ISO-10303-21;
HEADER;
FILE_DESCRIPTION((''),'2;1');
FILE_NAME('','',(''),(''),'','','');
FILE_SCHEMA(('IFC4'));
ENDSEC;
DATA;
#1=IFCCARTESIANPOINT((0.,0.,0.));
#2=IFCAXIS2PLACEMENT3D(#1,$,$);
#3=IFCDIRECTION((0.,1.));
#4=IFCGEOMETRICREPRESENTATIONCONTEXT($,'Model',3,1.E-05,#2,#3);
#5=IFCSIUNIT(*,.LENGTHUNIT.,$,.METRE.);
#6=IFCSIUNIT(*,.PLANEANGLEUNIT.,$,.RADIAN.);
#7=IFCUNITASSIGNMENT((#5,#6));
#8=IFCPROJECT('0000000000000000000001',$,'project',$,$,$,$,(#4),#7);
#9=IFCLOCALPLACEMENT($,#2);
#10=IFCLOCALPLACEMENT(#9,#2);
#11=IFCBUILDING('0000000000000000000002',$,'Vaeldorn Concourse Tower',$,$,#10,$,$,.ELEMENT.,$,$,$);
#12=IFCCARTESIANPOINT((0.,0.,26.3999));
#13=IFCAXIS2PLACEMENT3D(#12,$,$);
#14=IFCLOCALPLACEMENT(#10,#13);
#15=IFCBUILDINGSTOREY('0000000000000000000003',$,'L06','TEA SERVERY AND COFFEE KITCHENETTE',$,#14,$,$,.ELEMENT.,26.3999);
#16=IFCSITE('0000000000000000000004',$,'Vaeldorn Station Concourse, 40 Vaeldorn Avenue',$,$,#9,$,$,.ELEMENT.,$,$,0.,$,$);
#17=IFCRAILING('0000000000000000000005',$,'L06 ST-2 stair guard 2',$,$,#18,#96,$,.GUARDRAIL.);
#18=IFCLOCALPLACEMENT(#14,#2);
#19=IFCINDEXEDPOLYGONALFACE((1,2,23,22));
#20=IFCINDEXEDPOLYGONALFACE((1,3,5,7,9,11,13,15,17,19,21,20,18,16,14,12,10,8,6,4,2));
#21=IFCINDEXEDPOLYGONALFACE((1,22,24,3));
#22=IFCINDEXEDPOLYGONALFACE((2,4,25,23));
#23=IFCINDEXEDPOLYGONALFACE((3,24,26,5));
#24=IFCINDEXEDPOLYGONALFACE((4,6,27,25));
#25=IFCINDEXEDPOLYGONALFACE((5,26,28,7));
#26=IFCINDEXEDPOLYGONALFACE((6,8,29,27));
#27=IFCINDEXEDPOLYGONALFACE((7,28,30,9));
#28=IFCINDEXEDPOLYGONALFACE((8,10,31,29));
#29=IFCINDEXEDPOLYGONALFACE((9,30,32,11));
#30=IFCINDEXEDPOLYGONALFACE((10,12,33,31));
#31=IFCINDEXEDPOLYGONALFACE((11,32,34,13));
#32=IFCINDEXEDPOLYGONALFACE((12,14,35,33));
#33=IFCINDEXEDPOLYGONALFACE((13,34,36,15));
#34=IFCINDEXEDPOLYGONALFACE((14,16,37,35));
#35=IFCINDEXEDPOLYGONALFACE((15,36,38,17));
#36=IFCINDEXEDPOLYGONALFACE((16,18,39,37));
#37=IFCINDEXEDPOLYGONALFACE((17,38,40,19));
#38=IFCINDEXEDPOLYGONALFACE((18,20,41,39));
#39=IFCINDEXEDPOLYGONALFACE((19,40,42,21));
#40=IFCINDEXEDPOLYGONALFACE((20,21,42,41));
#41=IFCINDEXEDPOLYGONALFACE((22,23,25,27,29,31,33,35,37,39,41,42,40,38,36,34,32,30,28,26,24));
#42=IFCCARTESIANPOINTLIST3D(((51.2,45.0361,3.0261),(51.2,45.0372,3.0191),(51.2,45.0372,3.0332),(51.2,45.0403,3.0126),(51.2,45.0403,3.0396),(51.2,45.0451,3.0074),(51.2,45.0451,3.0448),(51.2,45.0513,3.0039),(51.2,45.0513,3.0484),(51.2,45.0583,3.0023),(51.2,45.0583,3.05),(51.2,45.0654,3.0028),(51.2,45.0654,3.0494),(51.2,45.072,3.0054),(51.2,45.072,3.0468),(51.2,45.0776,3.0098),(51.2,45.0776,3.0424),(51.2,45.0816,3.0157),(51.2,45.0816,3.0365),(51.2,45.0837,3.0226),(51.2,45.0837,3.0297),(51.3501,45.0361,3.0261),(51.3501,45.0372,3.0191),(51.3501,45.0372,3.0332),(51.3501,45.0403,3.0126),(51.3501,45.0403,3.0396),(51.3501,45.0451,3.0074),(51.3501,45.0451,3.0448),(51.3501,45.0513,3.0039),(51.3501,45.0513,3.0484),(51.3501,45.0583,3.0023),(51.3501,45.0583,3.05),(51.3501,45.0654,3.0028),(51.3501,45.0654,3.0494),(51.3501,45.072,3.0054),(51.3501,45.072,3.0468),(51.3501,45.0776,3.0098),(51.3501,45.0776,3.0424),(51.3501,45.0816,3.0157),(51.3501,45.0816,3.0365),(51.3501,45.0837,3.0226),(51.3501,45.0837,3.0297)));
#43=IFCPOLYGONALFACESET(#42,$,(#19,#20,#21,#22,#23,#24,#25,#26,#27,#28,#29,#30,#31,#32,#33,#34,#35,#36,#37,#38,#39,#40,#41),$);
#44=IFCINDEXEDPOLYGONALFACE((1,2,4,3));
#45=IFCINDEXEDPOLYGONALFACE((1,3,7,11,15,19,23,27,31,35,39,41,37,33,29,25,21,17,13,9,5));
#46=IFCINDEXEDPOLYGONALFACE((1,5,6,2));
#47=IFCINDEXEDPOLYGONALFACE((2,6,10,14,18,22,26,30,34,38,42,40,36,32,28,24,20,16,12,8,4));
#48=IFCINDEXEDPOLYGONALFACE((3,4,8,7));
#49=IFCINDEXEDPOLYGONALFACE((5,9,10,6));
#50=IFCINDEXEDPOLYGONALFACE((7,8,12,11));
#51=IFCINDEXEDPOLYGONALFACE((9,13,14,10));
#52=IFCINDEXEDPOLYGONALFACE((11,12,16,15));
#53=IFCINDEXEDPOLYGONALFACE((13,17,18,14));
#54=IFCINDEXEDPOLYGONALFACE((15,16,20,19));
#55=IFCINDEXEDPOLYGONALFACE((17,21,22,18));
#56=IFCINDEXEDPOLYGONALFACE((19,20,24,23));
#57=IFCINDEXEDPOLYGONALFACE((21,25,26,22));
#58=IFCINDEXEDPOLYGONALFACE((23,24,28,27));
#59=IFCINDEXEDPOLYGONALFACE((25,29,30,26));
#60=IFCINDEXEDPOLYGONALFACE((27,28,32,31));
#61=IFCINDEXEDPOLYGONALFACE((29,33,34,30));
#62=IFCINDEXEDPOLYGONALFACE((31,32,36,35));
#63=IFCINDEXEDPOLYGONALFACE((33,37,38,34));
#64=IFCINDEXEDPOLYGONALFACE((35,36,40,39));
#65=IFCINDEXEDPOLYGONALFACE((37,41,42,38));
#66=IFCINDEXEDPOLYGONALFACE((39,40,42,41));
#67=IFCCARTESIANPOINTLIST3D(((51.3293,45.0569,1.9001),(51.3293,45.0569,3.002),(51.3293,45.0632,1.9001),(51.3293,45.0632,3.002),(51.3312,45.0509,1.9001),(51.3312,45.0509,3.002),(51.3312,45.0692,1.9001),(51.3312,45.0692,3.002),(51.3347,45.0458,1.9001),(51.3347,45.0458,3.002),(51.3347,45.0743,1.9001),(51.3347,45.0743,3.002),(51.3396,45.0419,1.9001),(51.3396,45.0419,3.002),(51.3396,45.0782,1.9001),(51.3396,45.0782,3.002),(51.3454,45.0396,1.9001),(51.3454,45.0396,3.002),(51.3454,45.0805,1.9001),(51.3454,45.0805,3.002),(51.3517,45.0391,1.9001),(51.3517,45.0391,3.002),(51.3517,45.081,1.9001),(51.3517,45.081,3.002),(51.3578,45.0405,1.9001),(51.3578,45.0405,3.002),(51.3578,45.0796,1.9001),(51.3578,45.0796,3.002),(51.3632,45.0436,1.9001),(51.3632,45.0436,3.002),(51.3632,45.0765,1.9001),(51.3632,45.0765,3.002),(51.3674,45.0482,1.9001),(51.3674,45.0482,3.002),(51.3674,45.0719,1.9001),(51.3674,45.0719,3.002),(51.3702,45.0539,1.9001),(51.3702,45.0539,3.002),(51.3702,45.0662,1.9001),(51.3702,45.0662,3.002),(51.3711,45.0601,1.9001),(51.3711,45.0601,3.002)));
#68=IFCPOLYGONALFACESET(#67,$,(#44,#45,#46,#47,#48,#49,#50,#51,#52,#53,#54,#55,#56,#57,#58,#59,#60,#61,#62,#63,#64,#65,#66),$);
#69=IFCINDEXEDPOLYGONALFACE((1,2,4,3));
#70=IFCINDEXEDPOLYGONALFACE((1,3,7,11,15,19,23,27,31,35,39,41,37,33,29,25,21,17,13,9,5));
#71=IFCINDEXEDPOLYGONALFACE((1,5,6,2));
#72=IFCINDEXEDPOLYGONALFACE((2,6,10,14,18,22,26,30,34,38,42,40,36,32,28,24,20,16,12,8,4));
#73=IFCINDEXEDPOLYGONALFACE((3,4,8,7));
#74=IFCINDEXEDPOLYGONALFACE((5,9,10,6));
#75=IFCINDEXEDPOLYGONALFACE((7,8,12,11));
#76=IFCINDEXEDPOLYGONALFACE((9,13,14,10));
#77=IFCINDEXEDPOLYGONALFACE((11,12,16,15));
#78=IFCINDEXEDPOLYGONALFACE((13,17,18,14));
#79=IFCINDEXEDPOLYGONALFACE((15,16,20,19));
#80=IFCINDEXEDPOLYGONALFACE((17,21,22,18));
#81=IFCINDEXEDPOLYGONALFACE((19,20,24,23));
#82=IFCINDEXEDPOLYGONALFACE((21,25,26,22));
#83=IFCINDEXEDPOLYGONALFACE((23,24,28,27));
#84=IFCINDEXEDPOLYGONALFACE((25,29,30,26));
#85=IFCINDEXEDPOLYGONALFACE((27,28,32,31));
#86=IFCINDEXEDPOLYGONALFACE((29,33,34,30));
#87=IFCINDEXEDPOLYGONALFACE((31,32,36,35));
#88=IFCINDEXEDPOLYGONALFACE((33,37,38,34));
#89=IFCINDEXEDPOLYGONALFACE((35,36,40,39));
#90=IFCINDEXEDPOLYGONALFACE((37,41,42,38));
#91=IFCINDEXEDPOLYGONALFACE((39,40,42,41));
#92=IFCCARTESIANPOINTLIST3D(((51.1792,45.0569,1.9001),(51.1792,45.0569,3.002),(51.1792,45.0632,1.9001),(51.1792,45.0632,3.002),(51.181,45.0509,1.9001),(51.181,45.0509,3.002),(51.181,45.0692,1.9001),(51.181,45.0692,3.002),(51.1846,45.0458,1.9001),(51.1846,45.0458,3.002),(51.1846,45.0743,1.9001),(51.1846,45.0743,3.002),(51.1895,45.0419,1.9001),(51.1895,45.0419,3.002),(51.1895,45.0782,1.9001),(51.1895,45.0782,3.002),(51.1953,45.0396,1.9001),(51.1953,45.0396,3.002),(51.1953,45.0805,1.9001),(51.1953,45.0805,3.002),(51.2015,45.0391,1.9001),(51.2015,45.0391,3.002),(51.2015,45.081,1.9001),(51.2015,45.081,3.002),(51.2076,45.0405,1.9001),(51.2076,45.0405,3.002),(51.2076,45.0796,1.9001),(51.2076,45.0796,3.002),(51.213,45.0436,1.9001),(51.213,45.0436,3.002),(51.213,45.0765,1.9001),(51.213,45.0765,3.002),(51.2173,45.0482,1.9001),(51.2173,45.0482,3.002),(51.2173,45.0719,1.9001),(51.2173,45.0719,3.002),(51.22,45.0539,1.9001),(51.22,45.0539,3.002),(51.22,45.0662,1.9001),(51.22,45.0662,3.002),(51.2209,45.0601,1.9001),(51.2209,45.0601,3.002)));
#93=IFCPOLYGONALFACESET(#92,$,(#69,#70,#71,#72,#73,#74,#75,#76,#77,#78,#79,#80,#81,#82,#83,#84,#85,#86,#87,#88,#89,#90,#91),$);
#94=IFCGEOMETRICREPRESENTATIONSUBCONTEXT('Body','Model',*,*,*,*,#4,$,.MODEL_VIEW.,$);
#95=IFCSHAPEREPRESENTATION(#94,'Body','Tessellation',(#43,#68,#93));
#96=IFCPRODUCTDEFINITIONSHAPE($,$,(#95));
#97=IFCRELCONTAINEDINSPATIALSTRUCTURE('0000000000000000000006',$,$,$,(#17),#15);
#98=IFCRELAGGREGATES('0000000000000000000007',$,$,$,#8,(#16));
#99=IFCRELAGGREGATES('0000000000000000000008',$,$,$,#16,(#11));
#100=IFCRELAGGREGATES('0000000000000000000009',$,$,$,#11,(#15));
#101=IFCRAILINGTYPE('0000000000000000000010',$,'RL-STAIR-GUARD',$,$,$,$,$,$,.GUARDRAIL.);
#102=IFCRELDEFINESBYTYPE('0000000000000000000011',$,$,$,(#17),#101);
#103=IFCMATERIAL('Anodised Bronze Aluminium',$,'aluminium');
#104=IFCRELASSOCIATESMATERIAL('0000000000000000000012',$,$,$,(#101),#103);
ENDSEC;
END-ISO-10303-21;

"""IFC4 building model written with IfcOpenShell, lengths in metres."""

from ifc_helpers import new_model, si_unit, direction, frame, origin, origin_2d, place, context, subcontext, project, spatial, circle, extrude, material, type_object, element, save


model = new_model("IFC4")

# Units and contexts
model_context = context("Model", 3, precision=1e-05, world=origin(), true_north=direction((0.0, 1.0)))
body_context = subcontext(model_context, "Body", "Model", "MODEL_VIEW")
ifc_project = project(units=[si_unit("LENGTHUNIT", "METRE"), si_unit("PLANEANGLEUNIT", "RADIAN")], contexts=[model_context])

# Site, building, storey
site_placement = place(None, origin())
site = spatial("IfcSite", under=ifc_project, at=site_placement, Name="Vaeldorn Station Concourse, 40 Vaeldorn Avenue", CompositionType="ELEMENT", RefElevation=0.0)
building_placement = place(site_placement, origin())
building = spatial("IfcBuilding", under=site, at=building_placement, Name="Vaeldorn Concourse Tower", CompositionType="ELEMENT")
storey_placement = place(building_placement, frame((0.0, 0.0, 26.3999)))
storey = spatial("IfcBuildingStorey", under=building, at=storey_placement, Name="L06", Description="TEA SERVERY AND COFFEE KITCHENETTE", CompositionType="ELEMENT", Elevation=26.3999)

# Shared definitions
ifc_material_1 = material(Name="Anodised Bronze Aluminium", Category="aluminium")

# Railing
railing_type_1 = type_object("IfcRailingType", Name="RL-STAIR-GUARD", PredefinedType="GUARDRAIL", material=ifc_material_1)
railing_1_placement = place(storey_placement, frame((51.3501, 45.0601, 1.9001)))
element("IfcRailing", 1, at=railing_1_placement, inside=storey, type_object=railing_type_1, Name="L06 ST-2 stair guard 2", PredefinedType="GUARDRAIL", context=body_context, shape_type="SweptSolid", body=[
    extrude(circle(Radius=0.0239, at=origin_2d()), frame((0.0, 0.0, 1.126), z_axis=(-1.0, 0.0, 0.0), x_axis=(0.0, -1.0, 0.0)), (0.0, 0.0, 1.0), 0.1501),
    extrude(circle(Radius=0.021, at=origin_2d()), origin(), (0.0, 0.0, 1.0), 1.1018),
    extrude(circle(Radius=0.021, at=origin_2d()), frame((-0.1501, 0.0, 0.0)), (0.0, 0.0, 1.0), 1.1018),
])

save(model, "model.ifc")
